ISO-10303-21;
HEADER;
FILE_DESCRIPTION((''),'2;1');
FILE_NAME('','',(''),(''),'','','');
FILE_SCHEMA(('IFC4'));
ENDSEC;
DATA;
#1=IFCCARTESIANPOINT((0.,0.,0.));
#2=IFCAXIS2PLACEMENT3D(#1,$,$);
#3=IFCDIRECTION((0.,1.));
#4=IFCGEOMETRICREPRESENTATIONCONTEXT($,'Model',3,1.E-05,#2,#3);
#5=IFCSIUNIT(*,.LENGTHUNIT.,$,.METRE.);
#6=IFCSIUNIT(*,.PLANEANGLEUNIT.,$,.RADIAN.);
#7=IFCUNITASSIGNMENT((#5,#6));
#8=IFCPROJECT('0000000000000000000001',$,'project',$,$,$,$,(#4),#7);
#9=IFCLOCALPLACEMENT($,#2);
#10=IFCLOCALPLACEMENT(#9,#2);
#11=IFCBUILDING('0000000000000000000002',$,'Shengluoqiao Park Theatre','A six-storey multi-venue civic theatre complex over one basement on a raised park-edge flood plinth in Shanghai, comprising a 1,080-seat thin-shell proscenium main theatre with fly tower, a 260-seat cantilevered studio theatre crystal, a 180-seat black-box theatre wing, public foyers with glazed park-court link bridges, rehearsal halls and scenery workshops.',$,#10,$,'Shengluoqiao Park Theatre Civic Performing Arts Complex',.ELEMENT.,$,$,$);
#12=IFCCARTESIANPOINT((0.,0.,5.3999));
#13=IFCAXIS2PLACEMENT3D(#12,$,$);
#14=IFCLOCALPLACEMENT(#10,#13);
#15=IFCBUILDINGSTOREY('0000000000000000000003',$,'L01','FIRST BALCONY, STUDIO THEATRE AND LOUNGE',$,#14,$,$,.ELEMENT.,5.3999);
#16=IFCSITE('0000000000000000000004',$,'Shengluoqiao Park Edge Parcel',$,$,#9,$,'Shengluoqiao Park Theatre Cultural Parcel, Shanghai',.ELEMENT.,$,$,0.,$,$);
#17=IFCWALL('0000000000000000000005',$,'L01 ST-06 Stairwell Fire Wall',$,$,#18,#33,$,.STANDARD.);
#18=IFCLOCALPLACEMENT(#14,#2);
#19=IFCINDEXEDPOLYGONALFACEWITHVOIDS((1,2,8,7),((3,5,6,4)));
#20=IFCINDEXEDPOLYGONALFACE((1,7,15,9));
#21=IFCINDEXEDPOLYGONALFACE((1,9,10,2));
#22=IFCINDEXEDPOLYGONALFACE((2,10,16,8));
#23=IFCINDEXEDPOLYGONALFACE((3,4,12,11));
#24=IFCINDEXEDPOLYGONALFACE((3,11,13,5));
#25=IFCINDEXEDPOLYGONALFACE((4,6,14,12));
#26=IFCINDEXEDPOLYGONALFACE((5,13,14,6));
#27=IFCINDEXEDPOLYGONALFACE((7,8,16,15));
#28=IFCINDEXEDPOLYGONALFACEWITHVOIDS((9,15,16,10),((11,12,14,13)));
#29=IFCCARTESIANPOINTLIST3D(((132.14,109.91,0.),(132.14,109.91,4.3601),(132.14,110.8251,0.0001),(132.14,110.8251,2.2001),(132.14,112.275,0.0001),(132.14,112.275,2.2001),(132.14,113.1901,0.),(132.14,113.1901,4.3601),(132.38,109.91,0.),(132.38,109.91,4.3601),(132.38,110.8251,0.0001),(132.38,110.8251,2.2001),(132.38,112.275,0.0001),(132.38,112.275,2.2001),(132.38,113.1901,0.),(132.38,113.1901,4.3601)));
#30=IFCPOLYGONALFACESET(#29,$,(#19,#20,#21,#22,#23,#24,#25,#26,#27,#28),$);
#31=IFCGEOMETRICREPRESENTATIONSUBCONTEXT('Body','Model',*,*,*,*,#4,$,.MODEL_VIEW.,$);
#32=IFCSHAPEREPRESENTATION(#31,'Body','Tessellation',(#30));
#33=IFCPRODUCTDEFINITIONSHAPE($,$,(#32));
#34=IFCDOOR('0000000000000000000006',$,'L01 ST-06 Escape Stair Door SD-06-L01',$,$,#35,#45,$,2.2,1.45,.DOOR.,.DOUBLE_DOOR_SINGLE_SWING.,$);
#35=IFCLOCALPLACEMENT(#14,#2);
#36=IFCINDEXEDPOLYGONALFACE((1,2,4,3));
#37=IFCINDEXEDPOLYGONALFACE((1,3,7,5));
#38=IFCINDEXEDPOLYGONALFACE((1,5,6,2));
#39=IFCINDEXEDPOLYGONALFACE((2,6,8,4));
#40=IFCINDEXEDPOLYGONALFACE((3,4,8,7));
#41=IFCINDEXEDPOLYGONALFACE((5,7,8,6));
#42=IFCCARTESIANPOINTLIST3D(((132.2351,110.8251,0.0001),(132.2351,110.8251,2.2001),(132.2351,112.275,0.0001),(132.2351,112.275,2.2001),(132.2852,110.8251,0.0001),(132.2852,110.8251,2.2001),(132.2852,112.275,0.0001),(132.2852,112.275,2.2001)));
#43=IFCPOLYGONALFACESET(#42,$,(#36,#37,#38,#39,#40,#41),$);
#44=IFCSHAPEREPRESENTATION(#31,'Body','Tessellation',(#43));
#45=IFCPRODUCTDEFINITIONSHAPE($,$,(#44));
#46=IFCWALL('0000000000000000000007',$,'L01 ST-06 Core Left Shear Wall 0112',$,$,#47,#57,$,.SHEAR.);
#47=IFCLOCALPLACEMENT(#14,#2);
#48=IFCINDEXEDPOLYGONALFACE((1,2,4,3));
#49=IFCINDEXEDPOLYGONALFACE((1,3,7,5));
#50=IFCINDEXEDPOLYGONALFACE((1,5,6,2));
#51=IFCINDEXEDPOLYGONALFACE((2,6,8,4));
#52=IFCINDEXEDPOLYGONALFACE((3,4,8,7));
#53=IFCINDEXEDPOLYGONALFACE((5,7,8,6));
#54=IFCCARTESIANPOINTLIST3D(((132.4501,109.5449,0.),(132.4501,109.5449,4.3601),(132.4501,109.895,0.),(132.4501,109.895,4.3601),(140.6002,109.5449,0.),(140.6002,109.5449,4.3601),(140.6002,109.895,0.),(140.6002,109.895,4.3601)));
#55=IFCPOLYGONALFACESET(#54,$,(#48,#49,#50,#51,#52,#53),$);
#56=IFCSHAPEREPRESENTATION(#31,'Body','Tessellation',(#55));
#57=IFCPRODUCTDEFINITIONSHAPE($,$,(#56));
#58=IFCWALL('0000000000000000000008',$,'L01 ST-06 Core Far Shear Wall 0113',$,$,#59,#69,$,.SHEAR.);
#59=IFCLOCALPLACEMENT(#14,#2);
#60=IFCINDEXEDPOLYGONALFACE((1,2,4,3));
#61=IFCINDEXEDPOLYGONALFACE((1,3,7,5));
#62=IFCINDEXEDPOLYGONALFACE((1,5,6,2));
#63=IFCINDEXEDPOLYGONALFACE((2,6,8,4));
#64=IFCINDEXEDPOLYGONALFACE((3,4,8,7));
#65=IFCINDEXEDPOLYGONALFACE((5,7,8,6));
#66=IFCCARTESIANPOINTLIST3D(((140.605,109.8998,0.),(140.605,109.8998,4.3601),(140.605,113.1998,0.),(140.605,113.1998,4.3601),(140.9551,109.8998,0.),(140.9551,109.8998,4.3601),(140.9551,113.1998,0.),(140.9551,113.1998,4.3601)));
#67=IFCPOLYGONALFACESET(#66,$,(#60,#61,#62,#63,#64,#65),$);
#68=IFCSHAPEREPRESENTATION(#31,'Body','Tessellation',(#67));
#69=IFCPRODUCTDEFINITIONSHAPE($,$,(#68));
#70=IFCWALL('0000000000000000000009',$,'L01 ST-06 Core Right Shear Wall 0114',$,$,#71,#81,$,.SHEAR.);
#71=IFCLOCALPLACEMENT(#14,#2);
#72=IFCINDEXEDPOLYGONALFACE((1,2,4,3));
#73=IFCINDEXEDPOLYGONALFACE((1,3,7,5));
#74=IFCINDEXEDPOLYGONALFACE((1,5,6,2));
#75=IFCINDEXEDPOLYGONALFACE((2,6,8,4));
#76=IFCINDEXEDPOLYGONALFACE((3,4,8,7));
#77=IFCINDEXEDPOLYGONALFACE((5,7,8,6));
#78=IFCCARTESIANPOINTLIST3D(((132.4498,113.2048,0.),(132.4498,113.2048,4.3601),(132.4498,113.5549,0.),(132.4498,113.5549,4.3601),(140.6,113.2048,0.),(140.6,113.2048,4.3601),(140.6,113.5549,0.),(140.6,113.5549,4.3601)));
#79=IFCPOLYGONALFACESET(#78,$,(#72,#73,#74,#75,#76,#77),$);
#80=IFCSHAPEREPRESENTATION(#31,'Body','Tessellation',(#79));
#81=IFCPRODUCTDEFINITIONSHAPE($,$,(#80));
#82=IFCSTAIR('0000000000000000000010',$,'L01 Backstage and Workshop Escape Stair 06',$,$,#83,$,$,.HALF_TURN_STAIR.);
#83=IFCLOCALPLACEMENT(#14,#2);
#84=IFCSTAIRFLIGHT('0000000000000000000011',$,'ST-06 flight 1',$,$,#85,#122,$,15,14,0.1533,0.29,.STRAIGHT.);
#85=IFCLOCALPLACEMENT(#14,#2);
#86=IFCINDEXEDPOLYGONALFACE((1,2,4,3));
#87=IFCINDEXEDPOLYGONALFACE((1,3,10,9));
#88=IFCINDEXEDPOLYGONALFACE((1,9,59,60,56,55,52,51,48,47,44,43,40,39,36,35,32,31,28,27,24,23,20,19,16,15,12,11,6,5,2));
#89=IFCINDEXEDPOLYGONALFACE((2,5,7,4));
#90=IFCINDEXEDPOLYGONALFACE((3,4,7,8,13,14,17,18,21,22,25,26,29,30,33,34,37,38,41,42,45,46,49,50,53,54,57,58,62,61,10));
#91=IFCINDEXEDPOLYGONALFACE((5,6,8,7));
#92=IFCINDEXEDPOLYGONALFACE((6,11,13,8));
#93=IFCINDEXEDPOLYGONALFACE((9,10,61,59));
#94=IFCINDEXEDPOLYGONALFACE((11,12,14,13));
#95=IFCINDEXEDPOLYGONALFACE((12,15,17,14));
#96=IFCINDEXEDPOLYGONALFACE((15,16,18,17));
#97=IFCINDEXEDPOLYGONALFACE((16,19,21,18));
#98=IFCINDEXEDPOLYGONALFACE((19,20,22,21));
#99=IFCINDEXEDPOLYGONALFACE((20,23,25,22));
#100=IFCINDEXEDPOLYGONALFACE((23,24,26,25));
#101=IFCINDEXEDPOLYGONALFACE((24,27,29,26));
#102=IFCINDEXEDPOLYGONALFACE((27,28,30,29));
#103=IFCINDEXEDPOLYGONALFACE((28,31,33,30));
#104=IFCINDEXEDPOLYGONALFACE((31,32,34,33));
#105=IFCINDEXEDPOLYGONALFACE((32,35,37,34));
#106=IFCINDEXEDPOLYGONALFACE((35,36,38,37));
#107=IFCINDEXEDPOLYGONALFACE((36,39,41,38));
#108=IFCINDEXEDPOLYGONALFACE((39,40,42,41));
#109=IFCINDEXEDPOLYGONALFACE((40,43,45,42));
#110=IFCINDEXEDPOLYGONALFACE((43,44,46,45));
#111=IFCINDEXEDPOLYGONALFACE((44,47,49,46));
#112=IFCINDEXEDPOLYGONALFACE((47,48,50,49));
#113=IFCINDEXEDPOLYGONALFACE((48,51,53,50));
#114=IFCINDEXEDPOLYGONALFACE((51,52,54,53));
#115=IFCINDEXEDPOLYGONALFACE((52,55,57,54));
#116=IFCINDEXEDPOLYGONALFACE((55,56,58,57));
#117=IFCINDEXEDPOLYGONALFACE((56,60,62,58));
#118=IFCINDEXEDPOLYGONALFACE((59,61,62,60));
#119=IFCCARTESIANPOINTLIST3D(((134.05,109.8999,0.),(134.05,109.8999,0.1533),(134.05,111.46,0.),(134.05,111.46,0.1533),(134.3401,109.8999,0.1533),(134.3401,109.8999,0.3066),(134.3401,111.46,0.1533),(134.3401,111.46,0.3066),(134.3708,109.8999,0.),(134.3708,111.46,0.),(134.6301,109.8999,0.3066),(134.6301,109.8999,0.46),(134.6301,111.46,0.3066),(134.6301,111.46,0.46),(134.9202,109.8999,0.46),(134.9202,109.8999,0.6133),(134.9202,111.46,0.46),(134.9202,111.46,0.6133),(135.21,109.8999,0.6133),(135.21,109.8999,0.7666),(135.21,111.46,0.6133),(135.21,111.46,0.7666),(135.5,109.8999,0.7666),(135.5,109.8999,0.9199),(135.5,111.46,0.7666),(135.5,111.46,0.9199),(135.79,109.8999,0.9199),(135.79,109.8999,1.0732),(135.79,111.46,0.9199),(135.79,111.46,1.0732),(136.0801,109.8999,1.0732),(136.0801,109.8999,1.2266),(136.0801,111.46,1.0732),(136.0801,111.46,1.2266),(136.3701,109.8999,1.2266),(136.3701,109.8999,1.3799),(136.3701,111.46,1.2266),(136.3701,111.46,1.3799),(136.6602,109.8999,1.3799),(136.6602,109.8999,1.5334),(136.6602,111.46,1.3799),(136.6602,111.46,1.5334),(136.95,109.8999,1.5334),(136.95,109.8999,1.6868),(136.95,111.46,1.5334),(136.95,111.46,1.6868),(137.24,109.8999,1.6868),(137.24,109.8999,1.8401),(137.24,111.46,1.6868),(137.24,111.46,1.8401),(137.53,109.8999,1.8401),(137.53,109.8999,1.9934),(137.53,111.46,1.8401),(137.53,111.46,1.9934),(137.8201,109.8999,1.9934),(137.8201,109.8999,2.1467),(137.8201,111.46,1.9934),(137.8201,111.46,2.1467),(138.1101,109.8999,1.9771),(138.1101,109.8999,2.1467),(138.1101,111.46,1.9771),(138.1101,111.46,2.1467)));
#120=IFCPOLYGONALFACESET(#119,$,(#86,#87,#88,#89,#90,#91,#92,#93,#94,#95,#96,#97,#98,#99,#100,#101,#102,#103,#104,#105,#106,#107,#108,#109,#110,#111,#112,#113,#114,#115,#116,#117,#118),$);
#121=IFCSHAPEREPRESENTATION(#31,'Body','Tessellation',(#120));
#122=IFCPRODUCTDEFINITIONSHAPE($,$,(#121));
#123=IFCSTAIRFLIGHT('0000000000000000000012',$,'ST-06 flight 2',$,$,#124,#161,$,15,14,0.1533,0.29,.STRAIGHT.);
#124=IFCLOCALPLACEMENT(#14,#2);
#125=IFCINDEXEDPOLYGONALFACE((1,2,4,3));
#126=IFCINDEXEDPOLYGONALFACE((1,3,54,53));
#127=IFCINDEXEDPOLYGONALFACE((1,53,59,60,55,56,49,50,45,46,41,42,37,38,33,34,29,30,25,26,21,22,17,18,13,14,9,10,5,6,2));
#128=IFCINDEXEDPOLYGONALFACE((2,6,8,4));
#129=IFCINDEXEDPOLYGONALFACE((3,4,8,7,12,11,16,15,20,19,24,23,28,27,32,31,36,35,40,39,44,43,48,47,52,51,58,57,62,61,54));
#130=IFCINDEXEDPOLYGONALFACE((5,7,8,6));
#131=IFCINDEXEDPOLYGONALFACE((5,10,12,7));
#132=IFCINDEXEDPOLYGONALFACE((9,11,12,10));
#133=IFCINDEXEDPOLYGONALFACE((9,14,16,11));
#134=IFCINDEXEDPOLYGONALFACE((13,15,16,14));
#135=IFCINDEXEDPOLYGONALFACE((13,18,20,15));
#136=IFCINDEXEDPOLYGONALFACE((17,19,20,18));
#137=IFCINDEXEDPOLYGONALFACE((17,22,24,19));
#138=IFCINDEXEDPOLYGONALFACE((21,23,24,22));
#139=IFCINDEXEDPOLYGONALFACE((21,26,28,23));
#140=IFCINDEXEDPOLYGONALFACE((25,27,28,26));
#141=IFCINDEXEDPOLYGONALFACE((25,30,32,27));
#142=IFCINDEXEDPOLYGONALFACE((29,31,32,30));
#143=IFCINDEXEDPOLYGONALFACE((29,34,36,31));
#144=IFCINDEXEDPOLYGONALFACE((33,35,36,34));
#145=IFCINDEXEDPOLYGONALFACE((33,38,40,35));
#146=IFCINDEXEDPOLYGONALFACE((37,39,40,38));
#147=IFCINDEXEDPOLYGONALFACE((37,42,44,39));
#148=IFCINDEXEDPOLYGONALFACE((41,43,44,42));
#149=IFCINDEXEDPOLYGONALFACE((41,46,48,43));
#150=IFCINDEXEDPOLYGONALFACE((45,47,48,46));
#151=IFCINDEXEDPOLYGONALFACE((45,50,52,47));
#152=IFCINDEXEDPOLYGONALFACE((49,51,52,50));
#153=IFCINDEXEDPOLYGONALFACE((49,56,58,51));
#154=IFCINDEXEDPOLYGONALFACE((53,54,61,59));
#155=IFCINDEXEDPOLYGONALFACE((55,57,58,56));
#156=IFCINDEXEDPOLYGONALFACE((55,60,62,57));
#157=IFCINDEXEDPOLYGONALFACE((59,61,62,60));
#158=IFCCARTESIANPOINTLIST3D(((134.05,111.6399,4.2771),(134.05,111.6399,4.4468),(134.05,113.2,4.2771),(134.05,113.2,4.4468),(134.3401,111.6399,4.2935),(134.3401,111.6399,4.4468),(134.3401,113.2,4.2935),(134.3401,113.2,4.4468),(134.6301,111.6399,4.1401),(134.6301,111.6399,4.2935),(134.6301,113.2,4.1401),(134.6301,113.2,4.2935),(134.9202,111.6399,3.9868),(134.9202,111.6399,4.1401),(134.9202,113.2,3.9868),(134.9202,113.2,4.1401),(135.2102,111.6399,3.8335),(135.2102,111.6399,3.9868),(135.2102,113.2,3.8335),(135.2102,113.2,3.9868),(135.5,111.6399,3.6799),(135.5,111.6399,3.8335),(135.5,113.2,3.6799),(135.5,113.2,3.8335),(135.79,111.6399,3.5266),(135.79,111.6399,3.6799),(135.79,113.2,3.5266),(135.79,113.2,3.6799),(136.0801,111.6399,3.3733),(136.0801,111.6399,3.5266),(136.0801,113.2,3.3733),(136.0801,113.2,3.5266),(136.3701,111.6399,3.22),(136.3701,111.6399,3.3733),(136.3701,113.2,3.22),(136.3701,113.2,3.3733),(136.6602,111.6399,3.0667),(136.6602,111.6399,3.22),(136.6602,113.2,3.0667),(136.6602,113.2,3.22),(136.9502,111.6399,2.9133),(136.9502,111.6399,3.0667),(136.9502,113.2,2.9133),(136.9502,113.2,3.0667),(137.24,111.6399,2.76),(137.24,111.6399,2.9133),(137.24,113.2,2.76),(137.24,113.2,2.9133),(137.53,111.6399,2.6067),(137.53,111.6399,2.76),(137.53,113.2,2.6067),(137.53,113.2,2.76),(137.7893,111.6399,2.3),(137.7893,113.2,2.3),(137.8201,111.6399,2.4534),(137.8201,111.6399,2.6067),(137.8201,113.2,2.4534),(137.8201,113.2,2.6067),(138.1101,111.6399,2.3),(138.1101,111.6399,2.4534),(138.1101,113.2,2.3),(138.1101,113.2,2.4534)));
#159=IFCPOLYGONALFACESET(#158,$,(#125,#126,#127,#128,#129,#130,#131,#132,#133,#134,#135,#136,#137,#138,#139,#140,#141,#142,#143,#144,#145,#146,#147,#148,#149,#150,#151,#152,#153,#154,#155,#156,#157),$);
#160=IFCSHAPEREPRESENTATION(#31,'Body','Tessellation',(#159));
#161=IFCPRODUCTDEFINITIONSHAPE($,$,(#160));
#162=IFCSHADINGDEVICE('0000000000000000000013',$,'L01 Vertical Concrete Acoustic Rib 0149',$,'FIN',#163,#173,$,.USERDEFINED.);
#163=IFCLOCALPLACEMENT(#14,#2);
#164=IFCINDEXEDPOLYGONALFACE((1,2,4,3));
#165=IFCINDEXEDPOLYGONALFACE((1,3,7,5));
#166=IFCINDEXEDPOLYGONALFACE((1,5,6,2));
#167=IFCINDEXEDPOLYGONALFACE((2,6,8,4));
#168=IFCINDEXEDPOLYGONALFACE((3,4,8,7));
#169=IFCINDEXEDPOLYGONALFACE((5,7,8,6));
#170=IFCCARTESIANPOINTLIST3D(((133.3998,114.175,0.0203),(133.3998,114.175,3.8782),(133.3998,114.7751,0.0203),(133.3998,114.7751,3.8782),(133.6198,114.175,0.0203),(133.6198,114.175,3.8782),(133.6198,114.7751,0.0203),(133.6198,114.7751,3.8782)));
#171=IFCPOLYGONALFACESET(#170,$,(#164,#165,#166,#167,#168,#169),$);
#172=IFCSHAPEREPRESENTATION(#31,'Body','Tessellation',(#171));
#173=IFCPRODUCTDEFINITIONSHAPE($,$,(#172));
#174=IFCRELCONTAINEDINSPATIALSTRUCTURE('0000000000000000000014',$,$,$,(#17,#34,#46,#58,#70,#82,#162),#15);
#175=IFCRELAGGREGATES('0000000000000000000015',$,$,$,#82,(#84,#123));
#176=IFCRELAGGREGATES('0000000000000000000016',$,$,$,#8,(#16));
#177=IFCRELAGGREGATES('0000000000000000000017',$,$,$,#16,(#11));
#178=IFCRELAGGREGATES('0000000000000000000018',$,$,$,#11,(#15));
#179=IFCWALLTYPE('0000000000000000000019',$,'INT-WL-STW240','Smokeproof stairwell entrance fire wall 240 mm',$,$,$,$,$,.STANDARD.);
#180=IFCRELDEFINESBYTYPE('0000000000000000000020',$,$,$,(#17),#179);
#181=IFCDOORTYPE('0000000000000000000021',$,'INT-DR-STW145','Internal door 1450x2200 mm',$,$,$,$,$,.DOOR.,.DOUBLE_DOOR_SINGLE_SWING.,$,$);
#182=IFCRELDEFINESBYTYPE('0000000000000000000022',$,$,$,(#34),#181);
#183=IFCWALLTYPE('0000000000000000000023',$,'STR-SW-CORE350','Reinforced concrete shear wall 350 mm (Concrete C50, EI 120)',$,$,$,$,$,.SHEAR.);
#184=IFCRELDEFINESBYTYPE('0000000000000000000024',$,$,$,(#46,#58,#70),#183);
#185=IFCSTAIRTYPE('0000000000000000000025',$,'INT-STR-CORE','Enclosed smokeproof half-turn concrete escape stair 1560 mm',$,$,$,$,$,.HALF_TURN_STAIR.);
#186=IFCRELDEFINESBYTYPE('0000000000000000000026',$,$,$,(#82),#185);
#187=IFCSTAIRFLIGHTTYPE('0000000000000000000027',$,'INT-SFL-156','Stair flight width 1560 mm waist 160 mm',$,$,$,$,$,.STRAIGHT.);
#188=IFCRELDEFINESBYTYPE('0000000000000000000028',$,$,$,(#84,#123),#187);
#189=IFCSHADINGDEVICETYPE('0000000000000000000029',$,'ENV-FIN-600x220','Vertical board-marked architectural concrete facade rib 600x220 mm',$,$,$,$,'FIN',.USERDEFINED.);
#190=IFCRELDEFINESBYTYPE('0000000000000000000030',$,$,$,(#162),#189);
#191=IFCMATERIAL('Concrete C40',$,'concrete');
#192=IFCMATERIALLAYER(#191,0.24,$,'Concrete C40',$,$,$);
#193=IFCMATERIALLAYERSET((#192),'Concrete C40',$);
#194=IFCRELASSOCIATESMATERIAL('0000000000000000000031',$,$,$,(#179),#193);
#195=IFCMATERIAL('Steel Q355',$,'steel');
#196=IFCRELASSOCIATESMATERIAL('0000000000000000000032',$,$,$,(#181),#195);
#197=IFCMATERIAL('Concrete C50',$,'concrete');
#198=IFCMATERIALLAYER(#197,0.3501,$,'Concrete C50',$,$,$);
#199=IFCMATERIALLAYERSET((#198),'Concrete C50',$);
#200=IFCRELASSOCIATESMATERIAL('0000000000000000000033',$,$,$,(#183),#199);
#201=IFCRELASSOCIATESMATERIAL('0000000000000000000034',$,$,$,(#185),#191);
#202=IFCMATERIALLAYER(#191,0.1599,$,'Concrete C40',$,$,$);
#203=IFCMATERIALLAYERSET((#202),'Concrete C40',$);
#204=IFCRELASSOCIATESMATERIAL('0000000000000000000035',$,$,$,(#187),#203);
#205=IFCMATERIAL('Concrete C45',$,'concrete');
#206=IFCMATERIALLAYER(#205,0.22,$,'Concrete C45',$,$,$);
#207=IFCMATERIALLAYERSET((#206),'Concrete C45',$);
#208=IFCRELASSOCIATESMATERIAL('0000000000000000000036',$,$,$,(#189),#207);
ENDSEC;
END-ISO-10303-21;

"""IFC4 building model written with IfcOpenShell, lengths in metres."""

from ifc_helpers import new_model, si_unit, direction, frame, frame_2d, origin, origin_2d, place, context, subcontext, project, spatial, polyline, rectangle, outline, extrude, material, layer, layer_set, type_object, element, fill, aggregate, save


model = new_model("IFC4")

# Units and contexts
model_context = context("Model", 3, precision=1e-05, world=origin(), true_north=direction((0.0, 1.0)))
body_context = subcontext(model_context, "Body", "Model", "MODEL_VIEW")
ifc_project = project(units=[si_unit("LENGTHUNIT", "METRE"), si_unit("PLANEANGLEUNIT", "RADIAN")], contexts=[model_context])

# Site, building, storey
site_placement = place(None, origin())
site = spatial("IfcSite", under=ifc_project, at=site_placement, Name="Shengluoqiao Park Edge Parcel", LongName="Shengluoqiao Park Theatre Cultural Parcel, Shanghai", CompositionType="ELEMENT", RefElevation=0.0)
building_placement = place(site_placement, origin())
building = spatial("IfcBuilding", under=site, at=building_placement, Name="Shengluoqiao Park Theatre", Description="A six-storey multi-venue civic theatre complex over one basement on a raised park-edge flood plinth in Shanghai, comprising a 1,080-seat thin-shell proscenium main theatre with fly tower, a 260-seat cantilevered studio theatre crystal, a 180-seat black-box theatre wing, public foyers with glazed park-court link bridges, rehearsal halls and scenery workshops.", LongName="Shengluoqiao Park Theatre Civic Performing Arts Complex", CompositionType="ELEMENT")
storey_placement = place(building_placement, frame((0.0, 0.0, 5.3999)))
storey = spatial("IfcBuildingStorey", under=building, at=storey_placement, Name="L01", Description="FIRST BALCONY, STUDIO THEATRE AND LOUNGE", CompositionType="ELEMENT", Elevation=5.3999)

# Shared definitions
ifc_material_1 = material(Name="Concrete C40", Category="concrete")

# Shared definitions
ifc_material_2 = material(Name="Steel Q355", Category="steel")

# Wall, opening, door
ifc_layer_1 = layer(ifc_material_1, 0.24, Name="Concrete C40")
ifc_layer_set_1 = layer_set([ifc_layer_1], Name="Concrete C40")
wall_type_1 = type_object("IfcWallType", Name="INT-WL-STW240", Description="Smokeproof stairwell entrance fire wall 240 mm", PredefinedType="STANDARD", material=ifc_layer_set_1)
wall_1_placement = place(storey_placement, frame((132.26, 109.9099, 0.0), z_axis=(0.0, 0.0, 1.0), x_axis=(0.0, 1.0, 0.0)))
wall_1 = element("IfcWall", 1, at=wall_1_placement, inside=storey, type_object=wall_type_1, Name="L01 ST-06 Stairwell Fire Wall", PredefinedType="STANDARD", context=body_context, shape_type="SweptSolid", body=[
    extrude(rectangle(XDim=3.28, YDim=0.24, at=frame_2d((1.6401, 0.0))), origin(), (0.0, 0.0, 1.0), 4.3601),
])
opening_1_placement = place(wall_1_placement, frame((0.915, 0.0, 0.0)))
opening_1 = element("IfcOpeningElement", 2, at=opening_1_placement, cuts=wall_1, PredefinedType="OPENING", context=body_context, shape_type="SweptSolid", body=[
    extrude(rectangle(XDim=1.45, YDim=2.2, at=frame_2d((0.7251, 1.1001))), frame((0.0, 0.1299, 0.0), z_axis=(0.0, -1.0, 0.0), x_axis=(1.0, 0.0, 0.0)), (0.0, 0.0, 1.0), 0.26),
])
door_type_1 = type_object("IfcDoorType", Name="INT-DR-STW145", Description="Internal door 1450x2200 mm", OperationType="DOUBLE_DOOR_SINGLE_SWING", PredefinedType="DOOR", material=ifc_material_2)
door_1_placement = place(opening_1_placement, origin())
door_1 = element("IfcDoor", 3, at=door_1_placement, inside=storey, type_object=door_type_1, Name="L01 ST-06 Escape Stair Door SD-06-L01", OperationType="DOUBLE_DOOR_SINGLE_SWING", OverallHeight=2.2, OverallWidth=1.45, PredefinedType="DOOR", context=body_context, shape_type="SweptSolid", body=[
    extrude(rectangle(XDim=1.45, YDim=2.2, at=frame_2d((0.7251, 1.1001))), frame((0.0, 0.0249, 0.0), z_axis=(0.0, -1.0, 0.0), x_axis=(1.0, 0.0, 0.0)), (0.0, 0.0, 1.0), 0.05),
])
fill(opening_1, door_1)

# Walls
ifc_material_3 = material(Name="Concrete C50", Category="concrete")
ifc_layer_2 = layer(ifc_material_3, 0.3501, Name="Concrete C50")
ifc_layer_set_2 = layer_set([ifc_layer_2], Name="Concrete C50")
wall_type_2 = type_object("IfcWallType", Name="STR-SW-CORE350", Description="Reinforced concrete shear wall 350 mm (Concrete C50, EI 120)", PredefinedType="SHEAR", material=ifc_layer_set_2)
wall_2_placement = place(storey_placement, frame((132.45, 109.72, 0.0), z_axis=(0.0, 0.0, 1.0), x_axis=(1.0, 0.0, 0.0)))
element("IfcWall", 4, at=wall_2_placement, inside=storey, type_object=wall_type_2, Name="L01 ST-06 Core Left Shear Wall 0112", PredefinedType="SHEAR", context=body_context, shape_type="SweptSolid", body=[
    extrude(rectangle(XDim=8.1501, YDim=0.3501, at=frame_2d((4.0752, 0.0))), origin(), (0.0, 0.0, 1.0), 4.3601),
])
wall_3_placement = place(storey_placement, frame((140.78, 109.8999, 0.0), z_axis=(0.0, 0.0, 1.0), x_axis=(0.0, 1.0, 0.0)))
element("IfcWall", 5, at=wall_3_placement, inside=storey, type_object=wall_type_2, Name="L01 ST-06 Core Far Shear Wall 0113", PredefinedType="SHEAR", context=body_context, shape_type="SweptSolid", body=[
    extrude(rectangle(XDim=3.3, YDim=0.3501, at=frame_2d((1.6499, 0.0))), origin(), (0.0, 0.0, 1.0), 4.3601),
])
wall_4_placement = place(storey_placement, frame((140.6001, 113.3799, 0.0), z_axis=(0.0, 0.0, 1.0), x_axis=(-1.0, 0.0, 0.0)))
element("IfcWall", 6, at=wall_4_placement, inside=storey, type_object=wall_type_2, Name="L01 ST-06 Core Right Shear Wall 0114", PredefinedType="SHEAR", context=body_context, shape_type="SweptSolid", body=[
    extrude(rectangle(XDim=8.1501, YDim=0.3501, at=frame_2d((4.0752, 0.0))), origin(), (0.0, 0.0, 1.0), 4.3601),
])

# Stair, stair flights
stair_type = type_object("IfcStairType", Name="INT-STR-CORE", Description="Enclosed smokeproof half-turn concrete escape stair 1560 mm", PredefinedType="HALF_TURN_STAIR", material=ifc_material_1)
stair_placement = place(storey_placement, origin())
stair = element("IfcStair", 7, at=stair_placement, inside=storey, type_object=stair_type, Name="L01 Backstage and Workshop Escape Stair 06", PredefinedType="HALF_TURN_STAIR")
ifc_layer_3 = layer(ifc_material_1, 0.1599, Name="Concrete C40")
ifc_layer_set_3 = layer_set([ifc_layer_3], Name="Concrete C40")
stair_flight_type = type_object("IfcStairFlightType", Name="INT-SFL-156", Description="Stair flight width 1560 mm waist 160 mm", PredefinedType="STRAIGHT", material=ifc_layer_set_3)
stair_flight_1_placement = place(storey_placement, frame((134.05, 110.6799, 0.0), z_axis=(0.0, 0.0, 1.0), x_axis=(1.0, 0.0, 0.0)))
stair_flight_1 = element("IfcStairFlight", 8, at=stair_flight_1_placement, type_object=stair_flight_type, Name="ST-06 flight 1", NumberOfRisers=15, NumberOfTreads=14, PredefinedType="STRAIGHT", RiserHeight=0.1533, TreadLength=0.29, context=body_context, shape_type="SweptSolid", body=[
    extrude(outline(polyline([(0.0, 0.0), (0.0, 0.1533), (0.29, 0.1533), (0.29, 0.3066), (0.5801, 0.3066), (0.5801, 0.46), (0.8701, 0.46), (0.8701, 0.6133), (1.1599, 0.6133), (1.1599, 0.7666), (1.45, 0.7666), (1.45, 0.9199), (1.74, 0.9199), (1.74, 1.0732), (2.03, 1.0732), (2.03, 1.2266), (2.3201, 1.2266), (2.3201, 1.3799), (2.6101, 1.3799), (2.6101, 1.5334), (2.8999, 1.5334), (2.8999, 1.6868), (3.1899, 1.6868), (3.1899, 1.8401), (3.48, 1.8401), (3.48, 1.9934), (3.77, 1.9934), (3.77, 2.1467), (4.0601, 2.1467), (4.0601, 2.3), (4.0601, 1.9771), (0.3208, 0.0), (0.0, 0.0)])), frame((0.0, 0.78, 0.0), z_axis=(0.0, -1.0, 0.0), x_axis=(1.0, 0.0, 0.0)), (0.0, 0.0, 1.0), 1.5601),
])
stair_flight_2_placement = place(storey_placement, frame((138.1101, 112.4199, 2.3), z_axis=(0.0, 0.0, 1.0), x_axis=(-1.0, 0.0, 0.0)))
stair_flight_2 = element("IfcStairFlight", 9, at=stair_flight_2_placement, type_object=stair_flight_type, Name="ST-06 flight 2", NumberOfRisers=15, NumberOfTreads=14, PredefinedType="STRAIGHT", RiserHeight=0.1533, TreadLength=0.29, context=body_context, shape_type="SweptSolid", body=[
    extrude(outline(polyline([(0.0, 0.0), (0.0, 0.1533), (0.29, 0.1533), (0.29, 0.3066), (0.5801, 0.3066), (0.5801, 0.46), (0.8701, 0.46), (0.8701, 0.6133), (1.1599, 0.6133), (1.1599, 0.7666), (1.45, 0.7666), (1.45, 0.9199), (1.74, 0.9199), (1.74, 1.0732), (2.03, 1.0732), (2.03, 1.2266), (2.3201, 1.2266), (2.3201, 1.3799), (2.6101, 1.3799), (2.6101, 1.5334), (2.8999, 1.5334), (2.8999, 1.6868), (3.1899, 1.6868), (3.1899, 1.8401), (3.48, 1.8401), (3.48, 1.9934), (3.77, 1.9934), (3.77, 2.1467), (4.0601, 2.1467), (4.0601, 2.3), (4.0601, 1.9771), (0.3208, 0.0), (0.0, 0.0)])), frame((0.0, 0.78, 0.0), z_axis=(0.0, -1.0, 0.0), x_axis=(1.0, 0.0, 0.0)), (0.0, 0.0, 1.0), 1.5601),
])
aggregate(stair, [stair_flight_1, stair_flight_2])

# Shading device
ifc_material_4 = material(Name="Concrete C45", Category="concrete")
ifc_layer_4 = layer(ifc_material_4, 0.22, Name="Concrete C45")
ifc_layer_set_4 = layer_set([ifc_layer_4], Name="Concrete C45")
shading_device_type = type_object("IfcShadingDeviceType", Name="ENV-FIN-600x220", Description="Vertical board-marked architectural concrete facade rib 600x220 mm", ElementType="FIN", PredefinedType="USERDEFINED", material=ifc_layer_set_4)
for number, where, z_axis, x_axis, name in (
    (10, (133.5098, 114.4751, 0.0203), (0.0, 0.0, 1.0), (0.0, 1.0, 0.0), "L01 Vertical Concrete Acoustic Rib 0149"),
):
    element("IfcShadingDevice", number, at=place(storey_placement, frame(where, z_axis=z_axis, x_axis=x_axis)), inside=storey, type_object=shading_device_type, Name=name, ObjectType="FIN", PredefinedType="USERDEFINED", context=body_context, shape_type="SweptSolid", body=[
        extrude(rectangle(XDim=0.6001, YDim=0.22, at=origin_2d()), origin(), (0.0, 0.0, 1.0), 3.8579),
    ])

save(model, "model.ifc")
